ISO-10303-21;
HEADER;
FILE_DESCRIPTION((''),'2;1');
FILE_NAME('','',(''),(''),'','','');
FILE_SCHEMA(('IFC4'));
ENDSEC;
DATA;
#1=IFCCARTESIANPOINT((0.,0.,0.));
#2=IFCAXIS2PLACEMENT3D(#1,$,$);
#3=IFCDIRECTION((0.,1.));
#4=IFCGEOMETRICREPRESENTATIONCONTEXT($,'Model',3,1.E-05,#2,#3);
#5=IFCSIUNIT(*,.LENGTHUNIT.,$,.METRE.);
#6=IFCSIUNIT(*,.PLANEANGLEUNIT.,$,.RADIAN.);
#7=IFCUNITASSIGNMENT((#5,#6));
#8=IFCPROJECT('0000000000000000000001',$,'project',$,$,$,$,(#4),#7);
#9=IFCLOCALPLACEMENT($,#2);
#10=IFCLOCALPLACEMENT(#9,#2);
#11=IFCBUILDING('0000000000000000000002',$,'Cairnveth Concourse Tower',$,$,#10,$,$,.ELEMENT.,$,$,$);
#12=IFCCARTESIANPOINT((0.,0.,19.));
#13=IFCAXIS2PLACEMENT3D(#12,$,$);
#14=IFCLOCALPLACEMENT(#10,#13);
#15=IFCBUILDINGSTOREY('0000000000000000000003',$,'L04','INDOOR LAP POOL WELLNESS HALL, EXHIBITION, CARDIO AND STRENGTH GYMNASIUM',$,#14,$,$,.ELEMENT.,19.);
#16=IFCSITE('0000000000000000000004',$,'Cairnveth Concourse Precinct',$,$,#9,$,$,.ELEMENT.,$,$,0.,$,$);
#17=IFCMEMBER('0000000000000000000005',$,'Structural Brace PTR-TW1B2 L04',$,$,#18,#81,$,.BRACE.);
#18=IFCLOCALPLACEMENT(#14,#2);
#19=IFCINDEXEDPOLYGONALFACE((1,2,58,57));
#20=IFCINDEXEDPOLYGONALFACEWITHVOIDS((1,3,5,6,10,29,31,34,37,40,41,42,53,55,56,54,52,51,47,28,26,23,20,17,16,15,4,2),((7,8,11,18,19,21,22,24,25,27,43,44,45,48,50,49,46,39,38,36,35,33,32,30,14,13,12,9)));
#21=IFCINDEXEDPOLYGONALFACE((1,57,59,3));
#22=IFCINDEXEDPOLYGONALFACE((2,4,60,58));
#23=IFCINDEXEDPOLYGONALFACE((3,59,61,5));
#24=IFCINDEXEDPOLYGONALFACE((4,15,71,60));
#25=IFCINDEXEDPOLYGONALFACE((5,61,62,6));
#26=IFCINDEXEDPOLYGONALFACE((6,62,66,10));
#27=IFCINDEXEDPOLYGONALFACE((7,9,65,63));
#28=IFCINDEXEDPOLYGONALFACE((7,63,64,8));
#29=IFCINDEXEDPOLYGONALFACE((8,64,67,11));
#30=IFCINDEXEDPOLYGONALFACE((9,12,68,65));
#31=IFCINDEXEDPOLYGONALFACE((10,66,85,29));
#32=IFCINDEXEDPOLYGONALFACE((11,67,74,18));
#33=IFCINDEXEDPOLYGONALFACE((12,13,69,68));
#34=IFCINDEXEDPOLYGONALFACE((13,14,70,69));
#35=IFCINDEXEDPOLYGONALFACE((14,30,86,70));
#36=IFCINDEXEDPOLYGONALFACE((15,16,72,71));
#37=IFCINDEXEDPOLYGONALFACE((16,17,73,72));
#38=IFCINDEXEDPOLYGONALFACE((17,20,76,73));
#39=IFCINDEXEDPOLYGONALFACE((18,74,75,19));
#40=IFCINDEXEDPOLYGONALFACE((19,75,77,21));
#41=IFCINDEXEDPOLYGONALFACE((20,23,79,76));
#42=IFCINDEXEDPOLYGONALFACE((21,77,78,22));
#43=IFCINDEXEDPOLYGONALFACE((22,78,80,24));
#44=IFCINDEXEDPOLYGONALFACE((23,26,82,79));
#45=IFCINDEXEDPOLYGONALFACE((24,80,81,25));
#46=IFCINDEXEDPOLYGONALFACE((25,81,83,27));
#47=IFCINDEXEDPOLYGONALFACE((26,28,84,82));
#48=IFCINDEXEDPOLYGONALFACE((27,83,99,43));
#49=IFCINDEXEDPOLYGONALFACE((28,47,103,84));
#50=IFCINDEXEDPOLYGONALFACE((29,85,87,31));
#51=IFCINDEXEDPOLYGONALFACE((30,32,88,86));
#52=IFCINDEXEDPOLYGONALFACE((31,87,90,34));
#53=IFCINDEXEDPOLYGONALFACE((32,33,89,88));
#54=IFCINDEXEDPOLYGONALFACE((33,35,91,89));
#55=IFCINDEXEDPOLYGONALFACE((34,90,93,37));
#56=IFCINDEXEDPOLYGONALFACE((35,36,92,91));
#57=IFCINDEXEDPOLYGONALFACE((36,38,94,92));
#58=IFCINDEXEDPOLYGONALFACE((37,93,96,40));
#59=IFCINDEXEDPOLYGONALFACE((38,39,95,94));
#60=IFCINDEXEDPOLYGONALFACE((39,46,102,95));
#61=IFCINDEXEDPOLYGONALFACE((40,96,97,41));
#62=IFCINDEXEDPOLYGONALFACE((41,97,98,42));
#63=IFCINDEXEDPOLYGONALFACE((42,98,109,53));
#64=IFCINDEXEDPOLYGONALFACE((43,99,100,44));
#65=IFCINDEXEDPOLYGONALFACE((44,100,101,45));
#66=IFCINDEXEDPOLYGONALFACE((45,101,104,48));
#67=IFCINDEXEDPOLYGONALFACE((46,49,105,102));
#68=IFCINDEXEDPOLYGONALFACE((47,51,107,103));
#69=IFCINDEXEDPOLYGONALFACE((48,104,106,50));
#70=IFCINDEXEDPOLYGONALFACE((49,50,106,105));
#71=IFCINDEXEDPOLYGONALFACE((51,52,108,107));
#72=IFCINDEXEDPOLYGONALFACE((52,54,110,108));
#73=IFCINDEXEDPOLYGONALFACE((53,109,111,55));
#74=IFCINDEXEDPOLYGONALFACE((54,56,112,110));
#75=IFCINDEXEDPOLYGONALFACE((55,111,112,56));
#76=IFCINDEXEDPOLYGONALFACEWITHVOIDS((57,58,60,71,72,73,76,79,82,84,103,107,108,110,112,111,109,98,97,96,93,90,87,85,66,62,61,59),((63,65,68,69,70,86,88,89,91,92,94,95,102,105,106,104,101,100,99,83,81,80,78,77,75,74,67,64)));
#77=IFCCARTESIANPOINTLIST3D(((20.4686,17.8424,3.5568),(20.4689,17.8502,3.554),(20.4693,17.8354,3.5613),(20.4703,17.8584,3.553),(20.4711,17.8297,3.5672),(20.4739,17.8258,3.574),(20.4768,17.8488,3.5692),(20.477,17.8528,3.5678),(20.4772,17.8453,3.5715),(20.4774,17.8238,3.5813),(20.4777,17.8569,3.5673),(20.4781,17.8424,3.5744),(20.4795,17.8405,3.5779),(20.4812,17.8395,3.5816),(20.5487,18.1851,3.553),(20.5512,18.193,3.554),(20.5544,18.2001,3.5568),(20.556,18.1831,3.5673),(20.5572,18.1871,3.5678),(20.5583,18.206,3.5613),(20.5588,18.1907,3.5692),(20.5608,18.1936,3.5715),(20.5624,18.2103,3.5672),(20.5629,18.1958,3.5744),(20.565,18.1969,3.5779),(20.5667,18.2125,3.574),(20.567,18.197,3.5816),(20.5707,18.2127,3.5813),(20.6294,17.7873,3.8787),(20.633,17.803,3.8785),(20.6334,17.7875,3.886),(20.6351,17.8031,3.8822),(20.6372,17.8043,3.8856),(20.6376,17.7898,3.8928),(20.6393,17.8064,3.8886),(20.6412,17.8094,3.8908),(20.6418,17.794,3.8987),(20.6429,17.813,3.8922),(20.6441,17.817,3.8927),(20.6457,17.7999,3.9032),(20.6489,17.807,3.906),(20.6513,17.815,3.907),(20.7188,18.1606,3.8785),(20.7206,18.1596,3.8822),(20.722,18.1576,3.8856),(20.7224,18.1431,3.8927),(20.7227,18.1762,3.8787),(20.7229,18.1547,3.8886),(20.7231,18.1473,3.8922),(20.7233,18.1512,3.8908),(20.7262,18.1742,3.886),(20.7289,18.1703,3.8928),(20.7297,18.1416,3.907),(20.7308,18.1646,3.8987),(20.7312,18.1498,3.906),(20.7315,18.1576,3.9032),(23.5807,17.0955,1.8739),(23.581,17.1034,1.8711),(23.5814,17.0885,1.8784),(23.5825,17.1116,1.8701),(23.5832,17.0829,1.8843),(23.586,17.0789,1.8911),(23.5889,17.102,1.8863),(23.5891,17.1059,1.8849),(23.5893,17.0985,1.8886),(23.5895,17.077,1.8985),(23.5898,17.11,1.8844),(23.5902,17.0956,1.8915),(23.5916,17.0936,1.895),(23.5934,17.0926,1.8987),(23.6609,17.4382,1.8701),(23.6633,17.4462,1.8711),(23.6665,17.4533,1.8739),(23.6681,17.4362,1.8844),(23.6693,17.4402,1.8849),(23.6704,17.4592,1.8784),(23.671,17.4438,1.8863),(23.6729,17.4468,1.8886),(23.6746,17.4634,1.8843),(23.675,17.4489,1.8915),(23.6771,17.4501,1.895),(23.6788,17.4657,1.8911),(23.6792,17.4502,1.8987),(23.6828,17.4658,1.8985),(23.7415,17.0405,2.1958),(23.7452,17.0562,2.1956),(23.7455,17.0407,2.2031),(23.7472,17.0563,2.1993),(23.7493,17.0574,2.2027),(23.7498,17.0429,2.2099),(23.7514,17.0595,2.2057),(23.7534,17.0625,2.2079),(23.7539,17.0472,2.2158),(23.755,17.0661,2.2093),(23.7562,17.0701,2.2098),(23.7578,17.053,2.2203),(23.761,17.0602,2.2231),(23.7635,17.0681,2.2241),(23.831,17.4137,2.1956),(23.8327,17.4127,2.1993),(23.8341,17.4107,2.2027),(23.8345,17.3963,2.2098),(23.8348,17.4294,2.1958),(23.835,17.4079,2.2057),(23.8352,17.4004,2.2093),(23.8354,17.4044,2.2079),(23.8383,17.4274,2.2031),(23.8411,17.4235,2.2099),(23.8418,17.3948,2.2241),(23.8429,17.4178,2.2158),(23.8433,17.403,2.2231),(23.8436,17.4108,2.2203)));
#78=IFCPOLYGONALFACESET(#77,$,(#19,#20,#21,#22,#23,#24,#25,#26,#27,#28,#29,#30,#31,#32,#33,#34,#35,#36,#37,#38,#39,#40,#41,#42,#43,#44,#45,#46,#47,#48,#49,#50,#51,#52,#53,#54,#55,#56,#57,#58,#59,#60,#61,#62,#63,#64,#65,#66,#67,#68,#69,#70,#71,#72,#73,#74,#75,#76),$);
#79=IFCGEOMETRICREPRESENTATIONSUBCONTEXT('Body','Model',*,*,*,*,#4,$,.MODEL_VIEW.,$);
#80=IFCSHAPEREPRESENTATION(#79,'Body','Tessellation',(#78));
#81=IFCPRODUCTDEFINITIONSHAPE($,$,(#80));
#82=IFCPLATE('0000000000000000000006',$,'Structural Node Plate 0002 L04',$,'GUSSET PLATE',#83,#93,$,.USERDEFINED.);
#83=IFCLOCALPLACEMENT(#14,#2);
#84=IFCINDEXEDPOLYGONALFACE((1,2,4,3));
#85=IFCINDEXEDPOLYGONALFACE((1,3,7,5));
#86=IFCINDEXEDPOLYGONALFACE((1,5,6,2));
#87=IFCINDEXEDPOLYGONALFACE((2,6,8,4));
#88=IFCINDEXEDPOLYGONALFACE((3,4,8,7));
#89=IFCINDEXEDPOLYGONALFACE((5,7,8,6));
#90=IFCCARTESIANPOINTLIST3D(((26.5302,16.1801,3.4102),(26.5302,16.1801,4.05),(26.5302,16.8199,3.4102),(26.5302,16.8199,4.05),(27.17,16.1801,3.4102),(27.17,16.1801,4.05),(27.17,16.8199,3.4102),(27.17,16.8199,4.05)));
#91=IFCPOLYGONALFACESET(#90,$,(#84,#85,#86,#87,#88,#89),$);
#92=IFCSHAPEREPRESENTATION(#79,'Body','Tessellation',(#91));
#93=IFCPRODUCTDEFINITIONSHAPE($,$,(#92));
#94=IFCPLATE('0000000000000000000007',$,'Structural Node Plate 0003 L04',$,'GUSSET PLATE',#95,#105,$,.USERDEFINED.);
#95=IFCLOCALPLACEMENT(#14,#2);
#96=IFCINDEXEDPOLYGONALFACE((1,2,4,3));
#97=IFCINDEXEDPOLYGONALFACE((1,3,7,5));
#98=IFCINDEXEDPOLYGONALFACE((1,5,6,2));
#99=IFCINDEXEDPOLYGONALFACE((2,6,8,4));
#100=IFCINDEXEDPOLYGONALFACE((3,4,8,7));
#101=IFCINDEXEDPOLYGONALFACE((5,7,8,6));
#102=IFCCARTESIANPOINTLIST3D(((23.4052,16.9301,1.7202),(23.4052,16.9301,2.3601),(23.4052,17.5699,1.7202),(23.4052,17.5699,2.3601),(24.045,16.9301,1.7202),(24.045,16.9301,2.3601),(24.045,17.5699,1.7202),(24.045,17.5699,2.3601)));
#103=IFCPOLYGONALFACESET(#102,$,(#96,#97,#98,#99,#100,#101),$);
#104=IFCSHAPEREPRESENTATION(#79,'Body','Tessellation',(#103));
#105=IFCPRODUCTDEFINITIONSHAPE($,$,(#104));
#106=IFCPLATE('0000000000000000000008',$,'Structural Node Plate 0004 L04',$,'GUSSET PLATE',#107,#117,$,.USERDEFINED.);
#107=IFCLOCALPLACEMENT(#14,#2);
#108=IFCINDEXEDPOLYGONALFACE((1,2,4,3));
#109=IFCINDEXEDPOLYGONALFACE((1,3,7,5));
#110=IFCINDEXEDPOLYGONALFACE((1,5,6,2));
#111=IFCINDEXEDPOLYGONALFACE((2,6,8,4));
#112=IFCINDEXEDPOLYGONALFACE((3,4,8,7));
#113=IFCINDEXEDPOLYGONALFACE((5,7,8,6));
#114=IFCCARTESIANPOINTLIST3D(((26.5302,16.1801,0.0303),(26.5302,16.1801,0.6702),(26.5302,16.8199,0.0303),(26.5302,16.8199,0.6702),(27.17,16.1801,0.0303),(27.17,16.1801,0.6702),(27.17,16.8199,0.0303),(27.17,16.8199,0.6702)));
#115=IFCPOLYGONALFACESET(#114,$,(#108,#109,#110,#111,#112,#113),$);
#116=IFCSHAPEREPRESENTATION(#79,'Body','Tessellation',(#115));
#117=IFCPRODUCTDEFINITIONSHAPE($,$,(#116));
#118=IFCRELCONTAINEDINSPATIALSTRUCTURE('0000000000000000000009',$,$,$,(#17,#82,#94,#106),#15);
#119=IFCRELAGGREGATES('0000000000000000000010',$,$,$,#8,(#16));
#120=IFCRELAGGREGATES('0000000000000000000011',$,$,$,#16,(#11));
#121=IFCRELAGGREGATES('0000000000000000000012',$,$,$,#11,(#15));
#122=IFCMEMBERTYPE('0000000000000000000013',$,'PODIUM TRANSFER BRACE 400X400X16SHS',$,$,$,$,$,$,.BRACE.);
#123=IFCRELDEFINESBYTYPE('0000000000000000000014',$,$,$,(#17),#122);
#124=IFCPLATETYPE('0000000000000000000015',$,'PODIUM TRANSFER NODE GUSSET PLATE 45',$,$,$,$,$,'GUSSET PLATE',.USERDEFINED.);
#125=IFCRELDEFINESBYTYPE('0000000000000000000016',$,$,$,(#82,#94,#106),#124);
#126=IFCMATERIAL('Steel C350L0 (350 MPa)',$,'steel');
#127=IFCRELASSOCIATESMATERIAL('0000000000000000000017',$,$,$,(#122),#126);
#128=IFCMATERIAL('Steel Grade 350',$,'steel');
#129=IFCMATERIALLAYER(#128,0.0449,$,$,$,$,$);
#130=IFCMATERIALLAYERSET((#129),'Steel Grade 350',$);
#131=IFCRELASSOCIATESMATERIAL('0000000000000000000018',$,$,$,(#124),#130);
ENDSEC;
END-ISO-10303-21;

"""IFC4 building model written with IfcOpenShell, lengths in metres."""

from ifc_helpers import new_model, si_unit, direction, frame, origin, origin_2d, place, context, subcontext, project, spatial, rectangle, hollow_rectangle, extrude, material, layer, layer_set, material_profile, profile_set, type_object, element, save


model = new_model("IFC4")

# Units and contexts
model_context = context("Model", 3, precision=1e-05, world=origin(), true_north=direction((0.0, 1.0)))
body_context = subcontext(model_context, "Body", "Model", "MODEL_VIEW")
ifc_project = project(units=[si_unit("LENGTHUNIT", "METRE"), si_unit("PLANEANGLEUNIT", "RADIAN")], contexts=[model_context])

# Site, building, storey
site_placement = place(None, origin())
site = spatial("IfcSite", under=ifc_project, at=site_placement, Name="Cairnveth Concourse Precinct", CompositionType="ELEMENT", RefElevation=0.0)
building_placement = place(site_placement, origin())
building = spatial("IfcBuilding", under=site, at=building_placement, Name="Cairnveth Concourse Tower", CompositionType="ELEMENT")
storey_placement = place(building_placement, frame((0.0, 0.0, 19.0)))
storey = spatial("IfcBuildingStorey", under=building, at=storey_placement, Name="L04", Description="INDOOR LAP POOL WELLNESS HALL, EXHIBITION, CARDIO AND STRENGTH GYMNASIUM", CompositionType="ELEMENT", Elevation=19.0)

# Shared definitions
ifc_material_1 = material(Name="Steel Grade 350", Category="steel")

# Member
ifc_material_2 = material(Name="Steel C350L0 (350 MPa)", Category="steel")
ifc_material_profile_1 = material_profile(ifc_material_2, hollow_rectangle(XDim=0.3999, YDim=0.3999, WallThickness=0.0161, InnerFilletRadius=0.0161, OuterFilletRadius=0.032, at=origin_2d()), Name="400x400x16.0SHS")
ifc_profile_set_1 = profile_set([ifc_material_profile_1], Name="Steel C350L0 (350 MPa)")
member_type = type_object("IfcMemberType", Name="PODIUM TRANSFER BRACE 400X400X16SHS", PredefinedType="BRACE", material=ifc_profile_set_1)
member_1_placement = place(storey_placement, frame((23.7122, 17.2532, 2.0471), z_axis=(-0.860661, 0.20654, 0.465407), x_axis=(-0.233353, -0.972392, 0.0)))
element("IfcMember", 1, at=member_1_placement, inside=storey, type_object=member_type, Name="Structural Brace PTR-TW1B2 L04", PredefinedType="BRACE", context=body_context, shape_type="SweptSolid", body=[
    extrude(hollow_rectangle(XDim=0.3999, YDim=0.3999, WallThickness=0.0161, InnerFilletRadius=0.0161, OuterFilletRadius=0.032, at=origin_2d()), origin(), (0.0, 0.0, 1.0), 3.616),
])

# Plates
ifc_layer_1 = layer(ifc_material_1, 0.0449)
ifc_layer_set_1 = layer_set([ifc_layer_1], Name="Steel Grade 350")
plate_type = type_object("IfcPlateType", Name="PODIUM TRANSFER NODE GUSSET PLATE 45", ElementType="GUSSET PLATE", PredefinedType="USERDEFINED", material=ifc_layer_set_1)
for number, where, z_axis, x_axis, name in (
    (2, (26.8501, 16.5, 3.4102), (0.0, 0.0, 1.0), (1.0, 0.0, 0.0), "Structural Node Plate 0002 L04"),
    (3, (23.7251, 17.25, 1.7202), (0.0, 0.0, 1.0), (1.0, 0.0, 0.0), "Structural Node Plate 0003 L04"),
    (4, (26.8501, 16.5, 0.0303), (0.0, 0.0, 1.0), (1.0, 0.0, 0.0), "Structural Node Plate 0004 L04"),
):
    element("IfcPlate", number, at=place(storey_placement, frame(where, z_axis=z_axis, x_axis=x_axis)), inside=storey, type_object=plate_type, Name=name, ObjectType="GUSSET PLATE", PredefinedType="USERDEFINED", context=body_context, shape_type="SweptSolid", body=[
        extrude(rectangle(XDim=0.6399, YDim=0.6399, at=origin_2d()), origin(), (0.0, 0.0, 1.0), 0.6399),
    ])

save(model, "model.ifc")
